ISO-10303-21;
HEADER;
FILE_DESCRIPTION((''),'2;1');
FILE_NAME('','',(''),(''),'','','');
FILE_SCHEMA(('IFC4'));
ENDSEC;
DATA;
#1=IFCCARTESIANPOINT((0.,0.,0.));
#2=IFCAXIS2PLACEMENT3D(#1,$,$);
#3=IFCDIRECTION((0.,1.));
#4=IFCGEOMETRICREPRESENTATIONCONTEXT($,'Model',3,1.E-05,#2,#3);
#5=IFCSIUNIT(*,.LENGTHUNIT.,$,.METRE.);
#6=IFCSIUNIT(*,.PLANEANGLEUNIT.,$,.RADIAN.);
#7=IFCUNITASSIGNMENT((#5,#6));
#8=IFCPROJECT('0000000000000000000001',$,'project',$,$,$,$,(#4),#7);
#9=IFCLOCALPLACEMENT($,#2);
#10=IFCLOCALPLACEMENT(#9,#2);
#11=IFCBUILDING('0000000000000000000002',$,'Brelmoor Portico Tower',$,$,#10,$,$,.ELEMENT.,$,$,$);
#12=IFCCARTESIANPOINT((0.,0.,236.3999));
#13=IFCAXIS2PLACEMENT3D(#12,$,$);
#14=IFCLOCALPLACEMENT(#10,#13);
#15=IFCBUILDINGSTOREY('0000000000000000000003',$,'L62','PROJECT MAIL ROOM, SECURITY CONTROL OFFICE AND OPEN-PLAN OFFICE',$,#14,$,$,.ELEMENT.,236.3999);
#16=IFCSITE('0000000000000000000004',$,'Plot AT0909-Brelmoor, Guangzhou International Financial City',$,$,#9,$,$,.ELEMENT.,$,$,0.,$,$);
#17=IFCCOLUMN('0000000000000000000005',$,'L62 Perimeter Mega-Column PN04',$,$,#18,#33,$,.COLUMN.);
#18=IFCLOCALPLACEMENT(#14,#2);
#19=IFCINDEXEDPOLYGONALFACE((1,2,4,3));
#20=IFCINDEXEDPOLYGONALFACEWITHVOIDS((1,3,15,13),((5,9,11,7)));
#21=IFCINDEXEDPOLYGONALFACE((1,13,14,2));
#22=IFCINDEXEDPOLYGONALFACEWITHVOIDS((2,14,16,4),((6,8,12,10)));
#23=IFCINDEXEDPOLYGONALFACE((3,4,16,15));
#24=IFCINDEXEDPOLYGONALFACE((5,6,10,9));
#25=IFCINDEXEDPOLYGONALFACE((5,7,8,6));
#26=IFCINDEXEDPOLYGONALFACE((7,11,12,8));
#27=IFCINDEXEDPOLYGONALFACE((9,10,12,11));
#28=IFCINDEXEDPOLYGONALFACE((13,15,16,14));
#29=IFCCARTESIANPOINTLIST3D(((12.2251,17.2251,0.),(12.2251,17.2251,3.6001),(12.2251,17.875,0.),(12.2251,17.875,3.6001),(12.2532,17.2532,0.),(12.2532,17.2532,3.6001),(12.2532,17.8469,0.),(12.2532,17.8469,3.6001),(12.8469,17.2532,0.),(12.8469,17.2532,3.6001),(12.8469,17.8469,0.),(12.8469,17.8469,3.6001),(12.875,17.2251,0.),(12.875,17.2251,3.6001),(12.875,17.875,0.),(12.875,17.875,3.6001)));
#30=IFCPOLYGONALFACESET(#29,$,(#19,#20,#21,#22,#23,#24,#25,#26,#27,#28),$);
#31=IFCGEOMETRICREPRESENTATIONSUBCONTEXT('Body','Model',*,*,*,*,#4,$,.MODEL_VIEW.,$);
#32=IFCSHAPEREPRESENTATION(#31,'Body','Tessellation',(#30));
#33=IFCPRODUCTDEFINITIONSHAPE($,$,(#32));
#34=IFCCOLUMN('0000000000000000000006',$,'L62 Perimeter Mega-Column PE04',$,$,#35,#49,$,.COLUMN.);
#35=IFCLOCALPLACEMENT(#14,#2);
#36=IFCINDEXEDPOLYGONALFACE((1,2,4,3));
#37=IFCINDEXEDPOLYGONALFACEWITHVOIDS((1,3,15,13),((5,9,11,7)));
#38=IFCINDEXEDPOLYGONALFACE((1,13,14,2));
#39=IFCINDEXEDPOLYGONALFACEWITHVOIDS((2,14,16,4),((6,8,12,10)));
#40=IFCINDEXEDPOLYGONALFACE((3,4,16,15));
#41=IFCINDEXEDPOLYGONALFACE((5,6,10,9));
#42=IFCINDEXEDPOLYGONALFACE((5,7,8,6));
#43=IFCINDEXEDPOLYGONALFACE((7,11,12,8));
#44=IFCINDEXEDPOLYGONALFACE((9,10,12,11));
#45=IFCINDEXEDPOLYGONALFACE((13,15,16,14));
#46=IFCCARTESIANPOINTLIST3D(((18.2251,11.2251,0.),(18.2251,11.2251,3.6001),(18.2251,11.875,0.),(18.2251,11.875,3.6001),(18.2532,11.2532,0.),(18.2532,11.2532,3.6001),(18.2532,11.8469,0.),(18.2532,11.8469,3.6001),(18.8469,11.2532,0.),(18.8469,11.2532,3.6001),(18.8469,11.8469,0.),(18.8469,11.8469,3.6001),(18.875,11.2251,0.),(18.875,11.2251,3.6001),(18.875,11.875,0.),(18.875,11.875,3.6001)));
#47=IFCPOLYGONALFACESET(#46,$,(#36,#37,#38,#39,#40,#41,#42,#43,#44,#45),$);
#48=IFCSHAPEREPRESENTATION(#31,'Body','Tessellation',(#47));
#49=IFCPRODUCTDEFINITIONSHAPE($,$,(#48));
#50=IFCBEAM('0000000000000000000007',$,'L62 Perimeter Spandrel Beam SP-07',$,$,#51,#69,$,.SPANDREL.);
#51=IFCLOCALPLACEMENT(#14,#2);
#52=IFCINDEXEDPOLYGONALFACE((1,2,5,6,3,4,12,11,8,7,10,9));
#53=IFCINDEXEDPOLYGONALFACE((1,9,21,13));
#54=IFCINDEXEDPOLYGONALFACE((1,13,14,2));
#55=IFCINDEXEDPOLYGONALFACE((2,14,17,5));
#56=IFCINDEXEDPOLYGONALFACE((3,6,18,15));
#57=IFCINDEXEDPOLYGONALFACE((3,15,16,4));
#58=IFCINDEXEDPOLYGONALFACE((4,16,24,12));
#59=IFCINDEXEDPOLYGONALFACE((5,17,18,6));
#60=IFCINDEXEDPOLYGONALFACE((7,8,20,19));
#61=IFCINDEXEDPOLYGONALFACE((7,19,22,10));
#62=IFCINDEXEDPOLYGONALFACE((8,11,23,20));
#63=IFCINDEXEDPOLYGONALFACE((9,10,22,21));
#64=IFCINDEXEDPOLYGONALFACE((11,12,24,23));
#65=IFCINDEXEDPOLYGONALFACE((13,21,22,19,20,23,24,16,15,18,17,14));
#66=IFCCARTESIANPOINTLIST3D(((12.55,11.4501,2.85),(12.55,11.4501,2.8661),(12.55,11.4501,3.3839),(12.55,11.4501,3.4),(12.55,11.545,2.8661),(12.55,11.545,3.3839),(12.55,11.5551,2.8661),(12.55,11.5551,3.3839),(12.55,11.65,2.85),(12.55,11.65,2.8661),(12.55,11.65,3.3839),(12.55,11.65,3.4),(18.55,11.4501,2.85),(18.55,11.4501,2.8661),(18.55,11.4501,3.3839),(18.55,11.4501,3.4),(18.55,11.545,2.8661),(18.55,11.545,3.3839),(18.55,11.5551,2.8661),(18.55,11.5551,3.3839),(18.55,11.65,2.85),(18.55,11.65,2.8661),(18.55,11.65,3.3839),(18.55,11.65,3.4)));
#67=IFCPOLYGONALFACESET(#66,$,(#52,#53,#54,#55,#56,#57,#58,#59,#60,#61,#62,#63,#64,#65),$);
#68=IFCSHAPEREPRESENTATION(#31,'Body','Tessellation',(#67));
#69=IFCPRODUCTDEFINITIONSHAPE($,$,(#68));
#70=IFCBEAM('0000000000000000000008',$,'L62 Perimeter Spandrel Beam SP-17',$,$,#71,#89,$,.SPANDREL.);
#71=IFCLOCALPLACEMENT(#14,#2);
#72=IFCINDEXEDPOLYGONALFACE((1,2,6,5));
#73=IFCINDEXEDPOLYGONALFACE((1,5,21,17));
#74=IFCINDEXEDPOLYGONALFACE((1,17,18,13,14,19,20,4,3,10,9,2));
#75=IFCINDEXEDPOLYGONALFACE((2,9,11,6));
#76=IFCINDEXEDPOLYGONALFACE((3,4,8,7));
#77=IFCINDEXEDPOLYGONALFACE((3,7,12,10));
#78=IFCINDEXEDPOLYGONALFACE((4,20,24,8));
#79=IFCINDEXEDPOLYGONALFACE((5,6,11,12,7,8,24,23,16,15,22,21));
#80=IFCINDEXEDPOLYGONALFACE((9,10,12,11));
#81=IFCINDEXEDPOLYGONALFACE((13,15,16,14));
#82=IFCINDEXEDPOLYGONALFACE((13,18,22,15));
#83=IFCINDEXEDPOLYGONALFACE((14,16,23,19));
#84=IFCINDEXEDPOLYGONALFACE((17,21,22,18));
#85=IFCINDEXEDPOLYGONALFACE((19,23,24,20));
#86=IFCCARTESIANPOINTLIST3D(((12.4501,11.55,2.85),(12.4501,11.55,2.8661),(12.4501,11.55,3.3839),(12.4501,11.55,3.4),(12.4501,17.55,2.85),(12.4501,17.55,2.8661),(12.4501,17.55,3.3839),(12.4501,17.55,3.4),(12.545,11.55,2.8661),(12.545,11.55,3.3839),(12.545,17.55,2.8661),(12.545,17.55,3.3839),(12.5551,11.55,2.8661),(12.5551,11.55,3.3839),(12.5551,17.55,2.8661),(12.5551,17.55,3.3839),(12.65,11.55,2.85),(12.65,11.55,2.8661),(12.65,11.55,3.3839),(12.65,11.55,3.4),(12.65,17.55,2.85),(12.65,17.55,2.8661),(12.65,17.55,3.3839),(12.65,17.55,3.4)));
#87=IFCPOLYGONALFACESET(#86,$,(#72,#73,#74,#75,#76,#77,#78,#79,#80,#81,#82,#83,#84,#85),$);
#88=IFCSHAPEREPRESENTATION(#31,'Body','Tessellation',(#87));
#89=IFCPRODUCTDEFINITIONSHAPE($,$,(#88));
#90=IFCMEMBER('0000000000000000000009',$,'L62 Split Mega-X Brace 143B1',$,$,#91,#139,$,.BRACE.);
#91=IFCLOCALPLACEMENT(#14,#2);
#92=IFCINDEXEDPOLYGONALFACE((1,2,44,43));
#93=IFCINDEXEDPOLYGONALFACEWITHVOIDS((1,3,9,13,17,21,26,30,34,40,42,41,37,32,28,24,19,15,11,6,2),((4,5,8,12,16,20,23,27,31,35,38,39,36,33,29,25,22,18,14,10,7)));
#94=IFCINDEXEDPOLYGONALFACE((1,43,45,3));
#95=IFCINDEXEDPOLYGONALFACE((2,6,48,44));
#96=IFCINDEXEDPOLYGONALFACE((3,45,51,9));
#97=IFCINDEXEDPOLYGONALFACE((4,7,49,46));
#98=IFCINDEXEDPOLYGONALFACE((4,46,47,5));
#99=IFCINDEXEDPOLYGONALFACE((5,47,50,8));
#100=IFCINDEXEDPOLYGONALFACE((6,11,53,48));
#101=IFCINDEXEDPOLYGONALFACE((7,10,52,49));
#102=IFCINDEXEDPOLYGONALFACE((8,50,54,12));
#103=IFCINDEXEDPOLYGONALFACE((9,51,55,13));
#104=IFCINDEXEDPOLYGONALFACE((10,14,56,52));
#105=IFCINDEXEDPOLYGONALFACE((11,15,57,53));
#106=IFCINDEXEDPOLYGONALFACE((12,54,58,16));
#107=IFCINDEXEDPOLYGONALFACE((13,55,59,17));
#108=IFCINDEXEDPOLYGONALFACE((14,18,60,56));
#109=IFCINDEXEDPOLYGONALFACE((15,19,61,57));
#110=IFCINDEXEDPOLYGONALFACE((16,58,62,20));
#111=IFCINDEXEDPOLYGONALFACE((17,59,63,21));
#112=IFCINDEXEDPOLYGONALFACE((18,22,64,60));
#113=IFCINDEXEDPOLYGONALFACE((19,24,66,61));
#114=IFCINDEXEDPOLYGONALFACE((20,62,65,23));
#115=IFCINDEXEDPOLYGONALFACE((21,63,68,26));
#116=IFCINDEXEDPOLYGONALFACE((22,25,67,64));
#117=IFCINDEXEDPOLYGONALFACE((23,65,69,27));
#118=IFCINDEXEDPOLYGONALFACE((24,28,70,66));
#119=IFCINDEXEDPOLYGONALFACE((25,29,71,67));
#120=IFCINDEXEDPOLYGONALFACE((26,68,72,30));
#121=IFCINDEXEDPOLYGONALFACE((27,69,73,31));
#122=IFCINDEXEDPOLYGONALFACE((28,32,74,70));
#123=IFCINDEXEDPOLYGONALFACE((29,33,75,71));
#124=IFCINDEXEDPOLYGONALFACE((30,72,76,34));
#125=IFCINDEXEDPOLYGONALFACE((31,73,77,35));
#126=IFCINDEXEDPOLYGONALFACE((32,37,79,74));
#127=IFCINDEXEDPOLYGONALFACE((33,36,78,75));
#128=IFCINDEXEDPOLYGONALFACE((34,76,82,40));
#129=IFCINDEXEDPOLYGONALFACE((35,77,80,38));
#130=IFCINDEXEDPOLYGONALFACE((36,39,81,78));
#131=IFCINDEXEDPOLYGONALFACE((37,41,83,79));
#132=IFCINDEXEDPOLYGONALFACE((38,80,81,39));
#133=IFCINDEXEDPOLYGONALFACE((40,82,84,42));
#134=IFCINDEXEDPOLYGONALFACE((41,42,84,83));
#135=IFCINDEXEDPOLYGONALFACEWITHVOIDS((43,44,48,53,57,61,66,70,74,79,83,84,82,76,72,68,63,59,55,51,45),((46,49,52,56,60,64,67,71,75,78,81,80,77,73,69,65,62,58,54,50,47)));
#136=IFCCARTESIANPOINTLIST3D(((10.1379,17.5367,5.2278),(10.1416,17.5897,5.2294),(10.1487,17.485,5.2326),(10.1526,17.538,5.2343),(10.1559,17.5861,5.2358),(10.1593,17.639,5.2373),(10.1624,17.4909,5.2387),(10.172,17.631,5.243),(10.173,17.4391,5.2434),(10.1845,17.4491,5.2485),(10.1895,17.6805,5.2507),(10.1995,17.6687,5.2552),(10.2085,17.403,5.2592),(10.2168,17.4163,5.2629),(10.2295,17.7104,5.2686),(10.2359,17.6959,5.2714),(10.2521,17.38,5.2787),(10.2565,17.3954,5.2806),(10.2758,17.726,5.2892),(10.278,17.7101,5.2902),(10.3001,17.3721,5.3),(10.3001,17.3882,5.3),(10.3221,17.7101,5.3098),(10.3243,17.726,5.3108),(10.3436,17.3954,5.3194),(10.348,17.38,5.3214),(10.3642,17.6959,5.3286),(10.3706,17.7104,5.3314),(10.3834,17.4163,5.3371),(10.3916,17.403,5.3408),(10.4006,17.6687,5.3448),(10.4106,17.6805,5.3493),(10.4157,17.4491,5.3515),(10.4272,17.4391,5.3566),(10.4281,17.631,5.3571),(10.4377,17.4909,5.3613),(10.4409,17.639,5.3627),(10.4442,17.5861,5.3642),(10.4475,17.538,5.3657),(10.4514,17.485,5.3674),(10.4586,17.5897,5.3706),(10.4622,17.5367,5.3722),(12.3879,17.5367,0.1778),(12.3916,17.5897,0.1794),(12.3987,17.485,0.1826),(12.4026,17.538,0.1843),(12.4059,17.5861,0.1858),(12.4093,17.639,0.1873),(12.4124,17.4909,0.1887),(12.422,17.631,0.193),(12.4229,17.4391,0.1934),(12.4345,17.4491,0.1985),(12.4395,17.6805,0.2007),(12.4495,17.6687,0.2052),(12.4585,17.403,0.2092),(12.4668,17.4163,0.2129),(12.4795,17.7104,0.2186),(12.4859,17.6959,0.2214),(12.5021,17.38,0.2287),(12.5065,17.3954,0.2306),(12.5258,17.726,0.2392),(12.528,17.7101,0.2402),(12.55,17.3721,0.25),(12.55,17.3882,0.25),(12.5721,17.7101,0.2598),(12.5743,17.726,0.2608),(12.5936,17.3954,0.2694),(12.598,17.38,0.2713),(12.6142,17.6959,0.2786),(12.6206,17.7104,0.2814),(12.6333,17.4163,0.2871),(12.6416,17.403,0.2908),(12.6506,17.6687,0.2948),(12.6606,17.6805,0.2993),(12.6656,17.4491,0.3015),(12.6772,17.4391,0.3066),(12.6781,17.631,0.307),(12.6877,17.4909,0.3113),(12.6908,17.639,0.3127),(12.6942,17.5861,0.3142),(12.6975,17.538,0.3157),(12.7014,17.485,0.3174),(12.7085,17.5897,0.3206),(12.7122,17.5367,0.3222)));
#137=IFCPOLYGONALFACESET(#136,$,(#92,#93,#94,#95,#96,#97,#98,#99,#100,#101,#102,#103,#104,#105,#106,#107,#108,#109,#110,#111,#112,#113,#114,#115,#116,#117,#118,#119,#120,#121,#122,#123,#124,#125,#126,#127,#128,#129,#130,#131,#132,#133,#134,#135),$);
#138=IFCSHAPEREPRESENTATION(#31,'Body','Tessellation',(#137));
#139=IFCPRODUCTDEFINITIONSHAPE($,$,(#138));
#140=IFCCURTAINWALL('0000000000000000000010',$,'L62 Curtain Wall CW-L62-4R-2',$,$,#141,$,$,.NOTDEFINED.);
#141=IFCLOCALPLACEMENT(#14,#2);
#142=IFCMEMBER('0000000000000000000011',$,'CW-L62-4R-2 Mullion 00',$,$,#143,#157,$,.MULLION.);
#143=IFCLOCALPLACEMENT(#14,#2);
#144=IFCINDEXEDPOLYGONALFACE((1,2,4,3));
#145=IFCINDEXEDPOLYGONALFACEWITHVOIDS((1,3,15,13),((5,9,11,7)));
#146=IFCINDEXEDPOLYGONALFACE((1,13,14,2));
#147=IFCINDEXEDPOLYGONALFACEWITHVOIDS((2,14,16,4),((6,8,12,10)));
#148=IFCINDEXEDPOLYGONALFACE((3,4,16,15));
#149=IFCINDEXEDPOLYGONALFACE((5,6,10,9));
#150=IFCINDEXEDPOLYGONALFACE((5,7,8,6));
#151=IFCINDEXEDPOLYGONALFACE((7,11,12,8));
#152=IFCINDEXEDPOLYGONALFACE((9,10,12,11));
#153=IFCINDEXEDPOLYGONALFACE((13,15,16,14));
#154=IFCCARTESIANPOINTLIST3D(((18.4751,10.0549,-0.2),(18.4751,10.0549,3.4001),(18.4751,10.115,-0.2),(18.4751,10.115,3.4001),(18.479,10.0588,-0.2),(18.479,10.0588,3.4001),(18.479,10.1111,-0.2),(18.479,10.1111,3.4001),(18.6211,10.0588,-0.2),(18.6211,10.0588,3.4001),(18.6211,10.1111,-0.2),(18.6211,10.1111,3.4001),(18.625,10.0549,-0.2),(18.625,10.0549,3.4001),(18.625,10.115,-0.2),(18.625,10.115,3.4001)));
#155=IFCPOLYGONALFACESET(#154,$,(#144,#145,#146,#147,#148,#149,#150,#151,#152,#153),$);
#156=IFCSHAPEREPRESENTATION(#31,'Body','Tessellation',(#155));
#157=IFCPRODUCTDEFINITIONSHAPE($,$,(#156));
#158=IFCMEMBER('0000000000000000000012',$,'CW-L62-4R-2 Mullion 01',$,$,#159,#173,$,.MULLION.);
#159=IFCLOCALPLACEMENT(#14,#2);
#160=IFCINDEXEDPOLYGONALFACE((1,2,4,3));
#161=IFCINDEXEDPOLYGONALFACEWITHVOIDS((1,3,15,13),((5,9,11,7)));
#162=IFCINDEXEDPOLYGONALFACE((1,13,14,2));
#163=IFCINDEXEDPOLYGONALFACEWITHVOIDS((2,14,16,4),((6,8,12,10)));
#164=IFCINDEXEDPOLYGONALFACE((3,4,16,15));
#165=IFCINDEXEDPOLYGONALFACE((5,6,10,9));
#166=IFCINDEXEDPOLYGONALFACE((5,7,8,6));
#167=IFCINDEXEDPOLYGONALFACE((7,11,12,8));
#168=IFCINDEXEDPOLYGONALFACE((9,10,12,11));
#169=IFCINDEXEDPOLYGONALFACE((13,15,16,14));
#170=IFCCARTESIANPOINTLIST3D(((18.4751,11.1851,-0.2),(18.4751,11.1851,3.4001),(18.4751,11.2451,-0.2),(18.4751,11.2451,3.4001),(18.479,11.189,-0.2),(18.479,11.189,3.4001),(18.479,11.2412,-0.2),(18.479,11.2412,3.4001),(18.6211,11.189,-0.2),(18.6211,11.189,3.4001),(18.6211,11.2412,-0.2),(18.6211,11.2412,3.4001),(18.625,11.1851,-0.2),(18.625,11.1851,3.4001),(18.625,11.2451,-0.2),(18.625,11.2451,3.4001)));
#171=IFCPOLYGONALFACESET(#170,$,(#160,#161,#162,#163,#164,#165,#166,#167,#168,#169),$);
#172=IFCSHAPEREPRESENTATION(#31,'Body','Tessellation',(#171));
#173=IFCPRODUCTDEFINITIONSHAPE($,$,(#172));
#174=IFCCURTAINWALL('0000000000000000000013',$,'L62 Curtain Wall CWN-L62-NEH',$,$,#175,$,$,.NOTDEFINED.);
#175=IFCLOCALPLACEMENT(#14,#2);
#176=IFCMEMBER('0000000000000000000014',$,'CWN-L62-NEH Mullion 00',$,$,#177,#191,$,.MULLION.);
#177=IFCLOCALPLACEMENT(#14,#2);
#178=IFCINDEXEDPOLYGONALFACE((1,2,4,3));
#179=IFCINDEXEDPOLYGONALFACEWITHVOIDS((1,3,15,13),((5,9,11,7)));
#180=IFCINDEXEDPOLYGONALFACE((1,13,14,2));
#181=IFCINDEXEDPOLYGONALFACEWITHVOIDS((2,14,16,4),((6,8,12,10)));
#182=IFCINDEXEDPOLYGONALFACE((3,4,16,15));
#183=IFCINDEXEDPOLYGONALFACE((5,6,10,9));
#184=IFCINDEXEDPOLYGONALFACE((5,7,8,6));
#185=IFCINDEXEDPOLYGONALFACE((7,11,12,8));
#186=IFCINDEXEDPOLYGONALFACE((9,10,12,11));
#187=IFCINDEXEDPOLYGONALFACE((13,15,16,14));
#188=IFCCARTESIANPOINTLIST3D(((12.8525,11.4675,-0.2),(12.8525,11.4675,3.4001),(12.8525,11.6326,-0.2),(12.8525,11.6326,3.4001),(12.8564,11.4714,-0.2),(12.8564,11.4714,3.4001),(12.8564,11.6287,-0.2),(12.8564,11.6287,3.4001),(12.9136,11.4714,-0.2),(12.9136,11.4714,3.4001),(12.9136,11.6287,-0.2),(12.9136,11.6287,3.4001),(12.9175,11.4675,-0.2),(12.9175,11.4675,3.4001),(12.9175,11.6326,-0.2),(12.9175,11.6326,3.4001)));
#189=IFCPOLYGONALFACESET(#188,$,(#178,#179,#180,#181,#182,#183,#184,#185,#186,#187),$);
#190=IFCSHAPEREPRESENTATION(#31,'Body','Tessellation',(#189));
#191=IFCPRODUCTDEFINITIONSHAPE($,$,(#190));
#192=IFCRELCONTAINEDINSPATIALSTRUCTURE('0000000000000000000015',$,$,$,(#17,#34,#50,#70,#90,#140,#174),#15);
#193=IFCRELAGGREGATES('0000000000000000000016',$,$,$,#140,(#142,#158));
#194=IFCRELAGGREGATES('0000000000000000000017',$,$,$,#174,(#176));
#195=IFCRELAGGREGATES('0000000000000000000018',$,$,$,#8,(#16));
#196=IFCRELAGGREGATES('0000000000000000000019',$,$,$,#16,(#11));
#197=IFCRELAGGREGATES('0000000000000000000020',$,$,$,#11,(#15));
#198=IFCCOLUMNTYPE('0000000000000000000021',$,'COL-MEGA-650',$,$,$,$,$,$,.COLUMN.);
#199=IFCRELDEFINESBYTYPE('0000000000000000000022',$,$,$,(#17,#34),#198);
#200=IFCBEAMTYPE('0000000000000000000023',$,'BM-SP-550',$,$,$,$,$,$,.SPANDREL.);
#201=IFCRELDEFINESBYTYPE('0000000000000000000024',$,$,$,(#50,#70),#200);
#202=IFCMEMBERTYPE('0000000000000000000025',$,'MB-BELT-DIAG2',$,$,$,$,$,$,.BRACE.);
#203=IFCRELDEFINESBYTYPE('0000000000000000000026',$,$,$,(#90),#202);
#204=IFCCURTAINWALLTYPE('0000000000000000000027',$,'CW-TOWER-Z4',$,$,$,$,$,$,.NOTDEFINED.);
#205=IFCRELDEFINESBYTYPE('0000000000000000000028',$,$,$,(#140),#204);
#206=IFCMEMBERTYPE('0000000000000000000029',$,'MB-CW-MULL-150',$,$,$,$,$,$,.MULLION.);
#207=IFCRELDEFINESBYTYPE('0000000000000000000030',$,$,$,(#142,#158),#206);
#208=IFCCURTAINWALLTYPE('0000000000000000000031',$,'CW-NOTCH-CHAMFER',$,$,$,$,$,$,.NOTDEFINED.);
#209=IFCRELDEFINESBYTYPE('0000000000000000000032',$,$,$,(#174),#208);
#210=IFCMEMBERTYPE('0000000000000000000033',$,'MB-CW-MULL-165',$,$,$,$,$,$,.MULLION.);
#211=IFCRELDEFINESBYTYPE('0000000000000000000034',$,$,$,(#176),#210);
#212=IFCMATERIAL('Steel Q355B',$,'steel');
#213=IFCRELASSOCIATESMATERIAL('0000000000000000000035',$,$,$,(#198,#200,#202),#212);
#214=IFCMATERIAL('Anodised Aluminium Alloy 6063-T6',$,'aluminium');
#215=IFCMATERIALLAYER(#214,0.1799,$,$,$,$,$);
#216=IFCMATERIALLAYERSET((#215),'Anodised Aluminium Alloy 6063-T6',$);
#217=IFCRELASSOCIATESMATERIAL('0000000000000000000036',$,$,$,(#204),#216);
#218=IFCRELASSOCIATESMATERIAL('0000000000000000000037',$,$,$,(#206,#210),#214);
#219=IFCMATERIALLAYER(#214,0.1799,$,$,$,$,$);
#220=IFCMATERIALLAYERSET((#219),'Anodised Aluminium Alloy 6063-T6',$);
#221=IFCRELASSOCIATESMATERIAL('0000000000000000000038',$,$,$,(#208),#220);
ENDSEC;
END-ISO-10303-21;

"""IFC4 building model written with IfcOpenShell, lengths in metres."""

from ifc_helpers import new_model, si_unit, direction, frame, origin, origin_2d, place, context, subcontext, project, spatial, hollow_rectangle, hollow_circle, i_section, extrude, material, layer, layer_set, material_profile, profile_set, type_object, element, aggregate, save


model = new_model("IFC4")

# Units and contexts
model_context = context("Model", 3, precision=1e-05, world=origin(), true_north=direction((0.0, 1.0)))
body_context = subcontext(model_context, "Body", "Model", "MODEL_VIEW")
ifc_project = project(units=[si_unit("LENGTHUNIT", "METRE"), si_unit("PLANEANGLEUNIT", "RADIAN")], contexts=[model_context])

# Site, building, storey
site_placement = place(None, origin())
site = spatial("IfcSite", under=ifc_project, at=site_placement, Name="Plot AT0909-Brelmoor, Guangzhou International Financial City", CompositionType="ELEMENT", RefElevation=0.0)
building_placement = place(site_placement, origin())
building = spatial("IfcBuilding", under=site, at=building_placement, Name="Brelmoor Portico Tower", CompositionType="ELEMENT")
storey_placement = place(building_placement, frame((0.0, 0.0, 236.3999)))
storey = spatial("IfcBuildingStorey", under=building, at=storey_placement, Name="L62", Description="PROJECT MAIL ROOM, SECURITY CONTROL OFFICE AND OPEN-PLAN OFFICE", CompositionType="ELEMENT", Elevation=236.3999)

# Columns
ifc_material_1 = material(Name="Steel Q355B", Category="steel")
ifc_material_profile_1 = material_profile(ifc_material_1, hollow_rectangle(XDim=0.6499, YDim=0.6499, WallThickness=0.0281, at=origin_2d()), Name="BOX 650x650x28")
ifc_profile_set_1 = profile_set([ifc_material_profile_1], Name="Steel Q355B")
column_type = type_object("IfcColumnType", Name="COL-MEGA-650", PredefinedType="COLUMN", material=ifc_profile_set_1)
for number, where, z_axis, x_axis, name in (
    (1, (12.55, 17.55, 0.0), (0.0, 0.0, 1.0), (1.0, 0.0, 0.0), "L62 Perimeter Mega-Column PN04"),
    (2, (18.55, 11.55, 0.0), (0.0, 0.0, 1.0), (0.0, 1.0, 0.0), "L62 Perimeter Mega-Column PE04"),
):
    element("IfcColumn", number, at=place(storey_placement, frame(where, z_axis=z_axis, x_axis=x_axis)), inside=storey, type_object=column_type, Name=name, PredefinedType="COLUMN", context=body_context, shape_type="SweptSolid", body=[
        extrude(hollow_rectangle(XDim=0.6499, YDim=0.6499, WallThickness=0.0281, at=origin_2d()), origin(), (0.0, 0.0, 1.0), 3.6001),
    ])

# Beams
ifc_material_profile_2 = material_profile(ifc_material_1, i_section(OverallWidth=0.2, OverallDepth=0.55, WebThickness=0.01, FlangeThickness=0.0161, at=origin_2d()), Name="HN 550x200x10x16")
ifc_profile_set_2 = profile_set([ifc_material_profile_2], Name="Steel Q355B")
beam_type = type_object("IfcBeamType", Name="BM-SP-550", PredefinedType="SPANDREL", material=ifc_profile_set_2)
for number, where, z_axis, x_axis, name in (
    (3, (12.55, 11.55, 3.125), (1.0, 0.0, 0.0), (0.0, 1.0, 0.0), "L62 Perimeter Spandrel Beam SP-07"),
    (4, (12.55, 11.55, 3.125), (0.0, 1.0, 0.0), (-1.0, 0.0, 0.0), "L62 Perimeter Spandrel Beam SP-17"),
):
    element("IfcBeam", number, at=place(storey_placement, frame(where, z_axis=z_axis, x_axis=x_axis)), inside=storey, type_object=beam_type, Name=name, PredefinedType="SPANDREL", context=body_context, shape_type="SweptSolid", body=[
        extrude(i_section(OverallWidth=0.2, OverallDepth=0.55, WebThickness=0.01, FlangeThickness=0.0161, at=origin_2d()), origin(), (0.0, 0.0, 1.0), 6.0),
    ])

# Member
ifc_material_profile_3 = material_profile(ifc_material_1, hollow_circle(Radius=0.178, WallThickness=0.0161, at=origin_2d()), Name="CHS 356x16")
ifc_profile_set_3 = profile_set([ifc_material_profile_3], Name="Steel Q355B")
member_type_1 = type_object("IfcMemberType", Name="MB-BELT-DIAG2", PredefinedType="BRACE", material=ifc_profile_set_3)
member_1_placement = place(storey_placement, frame((12.55, 17.55, 0.25), z_axis=(-0.406974, 0.0, 0.91344), x_axis=(0.0, -1.0, 0.0)))
element("IfcMember", 5, at=member_1_placement, inside=storey, type_object=member_type_1, Name="L62 Split Mega-X Brace 143B1", PredefinedType="BRACE", context=body_context, shape_type="SweptSolid", body=[
    extrude(hollow_circle(Radius=0.178, WallThickness=0.0161, at=origin_2d()), origin(), (0.0, 0.0, 1.0), 5.5286),
])

# Curtain walls, members
ifc_material_2 = material(Name="Anodised Aluminium Alloy 6063-T6", Category="aluminium")
ifc_layer_1 = layer(ifc_material_2, 0.1799)
ifc_layer_set_1 = layer_set([ifc_layer_1], Name="Anodised Aluminium Alloy 6063-T6")
curtain_wall_type_1 = type_object("IfcCurtainWallType", Name="CW-TOWER-Z4", PredefinedType="NOTDEFINED", material=ifc_layer_set_1)
curtain_wall_1_placement = place(storey_placement, origin())
curtain_wall_1 = element("IfcCurtainWall", 6, at=curtain_wall_1_placement, inside=storey, type_object=curtain_wall_type_1, Name="L62 Curtain Wall CW-L62-4R-2", PredefinedType="NOTDEFINED")
ifc_material_profile_4 = material_profile(ifc_material_2, hollow_rectangle(XDim=0.0601, YDim=0.1499, WallThickness=0.0039, at=origin_2d()), Name="ALU MULLION 60x150")
ifc_profile_set_4 = profile_set([ifc_material_profile_4], Name="Anodised Aluminium Alloy 6063-T6")
member_type_2 = type_object("IfcMemberType", Name="MB-CW-MULL-150", PredefinedType="MULLION", material=ifc_profile_set_4)
member_2_placement = place(storey_placement, frame((18.55, 10.085, -0.2), z_axis=(0.0, 0.0, 1.0), x_axis=(0.0, 1.0, 0.0)))
member_2 = element("IfcMember", 7, at=member_2_placement, type_object=member_type_2, Name="CW-L62-4R-2 Mullion 00", PredefinedType="MULLION", context=body_context, shape_type="SweptSolid", body=[
    extrude(hollow_rectangle(XDim=0.0601, YDim=0.1499, WallThickness=0.0039, at=origin_2d()), origin(), (0.0, 0.0, 1.0), 3.6001),
])
member_3_placement = place(storey_placement, frame((18.55, 11.2151, -0.2), z_axis=(0.0, 0.0, 1.0), x_axis=(0.0, 1.0, 0.0)))
member_3 = element("IfcMember", 8, at=member_3_placement, type_object=member_type_2, Name="CW-L62-4R-2 Mullion 01", PredefinedType="MULLION", context=body_context, shape_type="SweptSolid", body=[
    extrude(hollow_rectangle(XDim=0.0601, YDim=0.1499, WallThickness=0.0039, at=origin_2d()), origin(), (0.0, 0.0, 1.0), 3.6001),
])
ifc_layer_2 = layer(ifc_material_2, 0.1799)
ifc_layer_set_2 = layer_set([ifc_layer_2], Name="Anodised Aluminium Alloy 6063-T6")
curtain_wall_type_2 = type_object("IfcCurtainWallType", Name="CW-NOTCH-CHAMFER", PredefinedType="NOTDEFINED", material=ifc_layer_set_2)
curtain_wall_2_placement = place(storey_placement, origin())
curtain_wall_2 = element("IfcCurtainWall", 9, at=curtain_wall_2_placement, inside=storey, type_object=curtain_wall_type_2, Name="L62 Curtain Wall CWN-L62-NEH", PredefinedType="NOTDEFINED")
ifc_material_profile_5 = material_profile(ifc_material_2, hollow_rectangle(XDim=0.0649, YDim=0.165, WallThickness=0.0039, at=origin_2d()), Name="ALU MULLION 65x165")
ifc_profile_set_5 = profile_set([ifc_material_profile_5], Name="Anodised Aluminium Alloy 6063-T6")
member_type_3 = type_object("IfcMemberType", Name="MB-CW-MULL-165", PredefinedType="MULLION", material=ifc_profile_set_5)
member_4_placement = place(storey_placement, frame((12.885, 11.55, -0.2), z_axis=(0.0, 0.0, 1.0), x_axis=(1.0, 0.0, 0.0)))
member_4 = element("IfcMember", 10, at=member_4_placement, type_object=member_type_3, Name="CWN-L62-NEH Mullion 00", PredefinedType="MULLION", context=body_context, shape_type="SweptSolid", body=[
    extrude(hollow_rectangle(XDim=0.0649, YDim=0.165, WallThickness=0.0039, at=origin_2d()), origin(), (0.0, 0.0, 1.0), 3.6001),
])

aggregate(curtain_wall_1, [member_2, member_3])
aggregate(curtain_wall_2, [member_4])

save(model, "model.ifc")
